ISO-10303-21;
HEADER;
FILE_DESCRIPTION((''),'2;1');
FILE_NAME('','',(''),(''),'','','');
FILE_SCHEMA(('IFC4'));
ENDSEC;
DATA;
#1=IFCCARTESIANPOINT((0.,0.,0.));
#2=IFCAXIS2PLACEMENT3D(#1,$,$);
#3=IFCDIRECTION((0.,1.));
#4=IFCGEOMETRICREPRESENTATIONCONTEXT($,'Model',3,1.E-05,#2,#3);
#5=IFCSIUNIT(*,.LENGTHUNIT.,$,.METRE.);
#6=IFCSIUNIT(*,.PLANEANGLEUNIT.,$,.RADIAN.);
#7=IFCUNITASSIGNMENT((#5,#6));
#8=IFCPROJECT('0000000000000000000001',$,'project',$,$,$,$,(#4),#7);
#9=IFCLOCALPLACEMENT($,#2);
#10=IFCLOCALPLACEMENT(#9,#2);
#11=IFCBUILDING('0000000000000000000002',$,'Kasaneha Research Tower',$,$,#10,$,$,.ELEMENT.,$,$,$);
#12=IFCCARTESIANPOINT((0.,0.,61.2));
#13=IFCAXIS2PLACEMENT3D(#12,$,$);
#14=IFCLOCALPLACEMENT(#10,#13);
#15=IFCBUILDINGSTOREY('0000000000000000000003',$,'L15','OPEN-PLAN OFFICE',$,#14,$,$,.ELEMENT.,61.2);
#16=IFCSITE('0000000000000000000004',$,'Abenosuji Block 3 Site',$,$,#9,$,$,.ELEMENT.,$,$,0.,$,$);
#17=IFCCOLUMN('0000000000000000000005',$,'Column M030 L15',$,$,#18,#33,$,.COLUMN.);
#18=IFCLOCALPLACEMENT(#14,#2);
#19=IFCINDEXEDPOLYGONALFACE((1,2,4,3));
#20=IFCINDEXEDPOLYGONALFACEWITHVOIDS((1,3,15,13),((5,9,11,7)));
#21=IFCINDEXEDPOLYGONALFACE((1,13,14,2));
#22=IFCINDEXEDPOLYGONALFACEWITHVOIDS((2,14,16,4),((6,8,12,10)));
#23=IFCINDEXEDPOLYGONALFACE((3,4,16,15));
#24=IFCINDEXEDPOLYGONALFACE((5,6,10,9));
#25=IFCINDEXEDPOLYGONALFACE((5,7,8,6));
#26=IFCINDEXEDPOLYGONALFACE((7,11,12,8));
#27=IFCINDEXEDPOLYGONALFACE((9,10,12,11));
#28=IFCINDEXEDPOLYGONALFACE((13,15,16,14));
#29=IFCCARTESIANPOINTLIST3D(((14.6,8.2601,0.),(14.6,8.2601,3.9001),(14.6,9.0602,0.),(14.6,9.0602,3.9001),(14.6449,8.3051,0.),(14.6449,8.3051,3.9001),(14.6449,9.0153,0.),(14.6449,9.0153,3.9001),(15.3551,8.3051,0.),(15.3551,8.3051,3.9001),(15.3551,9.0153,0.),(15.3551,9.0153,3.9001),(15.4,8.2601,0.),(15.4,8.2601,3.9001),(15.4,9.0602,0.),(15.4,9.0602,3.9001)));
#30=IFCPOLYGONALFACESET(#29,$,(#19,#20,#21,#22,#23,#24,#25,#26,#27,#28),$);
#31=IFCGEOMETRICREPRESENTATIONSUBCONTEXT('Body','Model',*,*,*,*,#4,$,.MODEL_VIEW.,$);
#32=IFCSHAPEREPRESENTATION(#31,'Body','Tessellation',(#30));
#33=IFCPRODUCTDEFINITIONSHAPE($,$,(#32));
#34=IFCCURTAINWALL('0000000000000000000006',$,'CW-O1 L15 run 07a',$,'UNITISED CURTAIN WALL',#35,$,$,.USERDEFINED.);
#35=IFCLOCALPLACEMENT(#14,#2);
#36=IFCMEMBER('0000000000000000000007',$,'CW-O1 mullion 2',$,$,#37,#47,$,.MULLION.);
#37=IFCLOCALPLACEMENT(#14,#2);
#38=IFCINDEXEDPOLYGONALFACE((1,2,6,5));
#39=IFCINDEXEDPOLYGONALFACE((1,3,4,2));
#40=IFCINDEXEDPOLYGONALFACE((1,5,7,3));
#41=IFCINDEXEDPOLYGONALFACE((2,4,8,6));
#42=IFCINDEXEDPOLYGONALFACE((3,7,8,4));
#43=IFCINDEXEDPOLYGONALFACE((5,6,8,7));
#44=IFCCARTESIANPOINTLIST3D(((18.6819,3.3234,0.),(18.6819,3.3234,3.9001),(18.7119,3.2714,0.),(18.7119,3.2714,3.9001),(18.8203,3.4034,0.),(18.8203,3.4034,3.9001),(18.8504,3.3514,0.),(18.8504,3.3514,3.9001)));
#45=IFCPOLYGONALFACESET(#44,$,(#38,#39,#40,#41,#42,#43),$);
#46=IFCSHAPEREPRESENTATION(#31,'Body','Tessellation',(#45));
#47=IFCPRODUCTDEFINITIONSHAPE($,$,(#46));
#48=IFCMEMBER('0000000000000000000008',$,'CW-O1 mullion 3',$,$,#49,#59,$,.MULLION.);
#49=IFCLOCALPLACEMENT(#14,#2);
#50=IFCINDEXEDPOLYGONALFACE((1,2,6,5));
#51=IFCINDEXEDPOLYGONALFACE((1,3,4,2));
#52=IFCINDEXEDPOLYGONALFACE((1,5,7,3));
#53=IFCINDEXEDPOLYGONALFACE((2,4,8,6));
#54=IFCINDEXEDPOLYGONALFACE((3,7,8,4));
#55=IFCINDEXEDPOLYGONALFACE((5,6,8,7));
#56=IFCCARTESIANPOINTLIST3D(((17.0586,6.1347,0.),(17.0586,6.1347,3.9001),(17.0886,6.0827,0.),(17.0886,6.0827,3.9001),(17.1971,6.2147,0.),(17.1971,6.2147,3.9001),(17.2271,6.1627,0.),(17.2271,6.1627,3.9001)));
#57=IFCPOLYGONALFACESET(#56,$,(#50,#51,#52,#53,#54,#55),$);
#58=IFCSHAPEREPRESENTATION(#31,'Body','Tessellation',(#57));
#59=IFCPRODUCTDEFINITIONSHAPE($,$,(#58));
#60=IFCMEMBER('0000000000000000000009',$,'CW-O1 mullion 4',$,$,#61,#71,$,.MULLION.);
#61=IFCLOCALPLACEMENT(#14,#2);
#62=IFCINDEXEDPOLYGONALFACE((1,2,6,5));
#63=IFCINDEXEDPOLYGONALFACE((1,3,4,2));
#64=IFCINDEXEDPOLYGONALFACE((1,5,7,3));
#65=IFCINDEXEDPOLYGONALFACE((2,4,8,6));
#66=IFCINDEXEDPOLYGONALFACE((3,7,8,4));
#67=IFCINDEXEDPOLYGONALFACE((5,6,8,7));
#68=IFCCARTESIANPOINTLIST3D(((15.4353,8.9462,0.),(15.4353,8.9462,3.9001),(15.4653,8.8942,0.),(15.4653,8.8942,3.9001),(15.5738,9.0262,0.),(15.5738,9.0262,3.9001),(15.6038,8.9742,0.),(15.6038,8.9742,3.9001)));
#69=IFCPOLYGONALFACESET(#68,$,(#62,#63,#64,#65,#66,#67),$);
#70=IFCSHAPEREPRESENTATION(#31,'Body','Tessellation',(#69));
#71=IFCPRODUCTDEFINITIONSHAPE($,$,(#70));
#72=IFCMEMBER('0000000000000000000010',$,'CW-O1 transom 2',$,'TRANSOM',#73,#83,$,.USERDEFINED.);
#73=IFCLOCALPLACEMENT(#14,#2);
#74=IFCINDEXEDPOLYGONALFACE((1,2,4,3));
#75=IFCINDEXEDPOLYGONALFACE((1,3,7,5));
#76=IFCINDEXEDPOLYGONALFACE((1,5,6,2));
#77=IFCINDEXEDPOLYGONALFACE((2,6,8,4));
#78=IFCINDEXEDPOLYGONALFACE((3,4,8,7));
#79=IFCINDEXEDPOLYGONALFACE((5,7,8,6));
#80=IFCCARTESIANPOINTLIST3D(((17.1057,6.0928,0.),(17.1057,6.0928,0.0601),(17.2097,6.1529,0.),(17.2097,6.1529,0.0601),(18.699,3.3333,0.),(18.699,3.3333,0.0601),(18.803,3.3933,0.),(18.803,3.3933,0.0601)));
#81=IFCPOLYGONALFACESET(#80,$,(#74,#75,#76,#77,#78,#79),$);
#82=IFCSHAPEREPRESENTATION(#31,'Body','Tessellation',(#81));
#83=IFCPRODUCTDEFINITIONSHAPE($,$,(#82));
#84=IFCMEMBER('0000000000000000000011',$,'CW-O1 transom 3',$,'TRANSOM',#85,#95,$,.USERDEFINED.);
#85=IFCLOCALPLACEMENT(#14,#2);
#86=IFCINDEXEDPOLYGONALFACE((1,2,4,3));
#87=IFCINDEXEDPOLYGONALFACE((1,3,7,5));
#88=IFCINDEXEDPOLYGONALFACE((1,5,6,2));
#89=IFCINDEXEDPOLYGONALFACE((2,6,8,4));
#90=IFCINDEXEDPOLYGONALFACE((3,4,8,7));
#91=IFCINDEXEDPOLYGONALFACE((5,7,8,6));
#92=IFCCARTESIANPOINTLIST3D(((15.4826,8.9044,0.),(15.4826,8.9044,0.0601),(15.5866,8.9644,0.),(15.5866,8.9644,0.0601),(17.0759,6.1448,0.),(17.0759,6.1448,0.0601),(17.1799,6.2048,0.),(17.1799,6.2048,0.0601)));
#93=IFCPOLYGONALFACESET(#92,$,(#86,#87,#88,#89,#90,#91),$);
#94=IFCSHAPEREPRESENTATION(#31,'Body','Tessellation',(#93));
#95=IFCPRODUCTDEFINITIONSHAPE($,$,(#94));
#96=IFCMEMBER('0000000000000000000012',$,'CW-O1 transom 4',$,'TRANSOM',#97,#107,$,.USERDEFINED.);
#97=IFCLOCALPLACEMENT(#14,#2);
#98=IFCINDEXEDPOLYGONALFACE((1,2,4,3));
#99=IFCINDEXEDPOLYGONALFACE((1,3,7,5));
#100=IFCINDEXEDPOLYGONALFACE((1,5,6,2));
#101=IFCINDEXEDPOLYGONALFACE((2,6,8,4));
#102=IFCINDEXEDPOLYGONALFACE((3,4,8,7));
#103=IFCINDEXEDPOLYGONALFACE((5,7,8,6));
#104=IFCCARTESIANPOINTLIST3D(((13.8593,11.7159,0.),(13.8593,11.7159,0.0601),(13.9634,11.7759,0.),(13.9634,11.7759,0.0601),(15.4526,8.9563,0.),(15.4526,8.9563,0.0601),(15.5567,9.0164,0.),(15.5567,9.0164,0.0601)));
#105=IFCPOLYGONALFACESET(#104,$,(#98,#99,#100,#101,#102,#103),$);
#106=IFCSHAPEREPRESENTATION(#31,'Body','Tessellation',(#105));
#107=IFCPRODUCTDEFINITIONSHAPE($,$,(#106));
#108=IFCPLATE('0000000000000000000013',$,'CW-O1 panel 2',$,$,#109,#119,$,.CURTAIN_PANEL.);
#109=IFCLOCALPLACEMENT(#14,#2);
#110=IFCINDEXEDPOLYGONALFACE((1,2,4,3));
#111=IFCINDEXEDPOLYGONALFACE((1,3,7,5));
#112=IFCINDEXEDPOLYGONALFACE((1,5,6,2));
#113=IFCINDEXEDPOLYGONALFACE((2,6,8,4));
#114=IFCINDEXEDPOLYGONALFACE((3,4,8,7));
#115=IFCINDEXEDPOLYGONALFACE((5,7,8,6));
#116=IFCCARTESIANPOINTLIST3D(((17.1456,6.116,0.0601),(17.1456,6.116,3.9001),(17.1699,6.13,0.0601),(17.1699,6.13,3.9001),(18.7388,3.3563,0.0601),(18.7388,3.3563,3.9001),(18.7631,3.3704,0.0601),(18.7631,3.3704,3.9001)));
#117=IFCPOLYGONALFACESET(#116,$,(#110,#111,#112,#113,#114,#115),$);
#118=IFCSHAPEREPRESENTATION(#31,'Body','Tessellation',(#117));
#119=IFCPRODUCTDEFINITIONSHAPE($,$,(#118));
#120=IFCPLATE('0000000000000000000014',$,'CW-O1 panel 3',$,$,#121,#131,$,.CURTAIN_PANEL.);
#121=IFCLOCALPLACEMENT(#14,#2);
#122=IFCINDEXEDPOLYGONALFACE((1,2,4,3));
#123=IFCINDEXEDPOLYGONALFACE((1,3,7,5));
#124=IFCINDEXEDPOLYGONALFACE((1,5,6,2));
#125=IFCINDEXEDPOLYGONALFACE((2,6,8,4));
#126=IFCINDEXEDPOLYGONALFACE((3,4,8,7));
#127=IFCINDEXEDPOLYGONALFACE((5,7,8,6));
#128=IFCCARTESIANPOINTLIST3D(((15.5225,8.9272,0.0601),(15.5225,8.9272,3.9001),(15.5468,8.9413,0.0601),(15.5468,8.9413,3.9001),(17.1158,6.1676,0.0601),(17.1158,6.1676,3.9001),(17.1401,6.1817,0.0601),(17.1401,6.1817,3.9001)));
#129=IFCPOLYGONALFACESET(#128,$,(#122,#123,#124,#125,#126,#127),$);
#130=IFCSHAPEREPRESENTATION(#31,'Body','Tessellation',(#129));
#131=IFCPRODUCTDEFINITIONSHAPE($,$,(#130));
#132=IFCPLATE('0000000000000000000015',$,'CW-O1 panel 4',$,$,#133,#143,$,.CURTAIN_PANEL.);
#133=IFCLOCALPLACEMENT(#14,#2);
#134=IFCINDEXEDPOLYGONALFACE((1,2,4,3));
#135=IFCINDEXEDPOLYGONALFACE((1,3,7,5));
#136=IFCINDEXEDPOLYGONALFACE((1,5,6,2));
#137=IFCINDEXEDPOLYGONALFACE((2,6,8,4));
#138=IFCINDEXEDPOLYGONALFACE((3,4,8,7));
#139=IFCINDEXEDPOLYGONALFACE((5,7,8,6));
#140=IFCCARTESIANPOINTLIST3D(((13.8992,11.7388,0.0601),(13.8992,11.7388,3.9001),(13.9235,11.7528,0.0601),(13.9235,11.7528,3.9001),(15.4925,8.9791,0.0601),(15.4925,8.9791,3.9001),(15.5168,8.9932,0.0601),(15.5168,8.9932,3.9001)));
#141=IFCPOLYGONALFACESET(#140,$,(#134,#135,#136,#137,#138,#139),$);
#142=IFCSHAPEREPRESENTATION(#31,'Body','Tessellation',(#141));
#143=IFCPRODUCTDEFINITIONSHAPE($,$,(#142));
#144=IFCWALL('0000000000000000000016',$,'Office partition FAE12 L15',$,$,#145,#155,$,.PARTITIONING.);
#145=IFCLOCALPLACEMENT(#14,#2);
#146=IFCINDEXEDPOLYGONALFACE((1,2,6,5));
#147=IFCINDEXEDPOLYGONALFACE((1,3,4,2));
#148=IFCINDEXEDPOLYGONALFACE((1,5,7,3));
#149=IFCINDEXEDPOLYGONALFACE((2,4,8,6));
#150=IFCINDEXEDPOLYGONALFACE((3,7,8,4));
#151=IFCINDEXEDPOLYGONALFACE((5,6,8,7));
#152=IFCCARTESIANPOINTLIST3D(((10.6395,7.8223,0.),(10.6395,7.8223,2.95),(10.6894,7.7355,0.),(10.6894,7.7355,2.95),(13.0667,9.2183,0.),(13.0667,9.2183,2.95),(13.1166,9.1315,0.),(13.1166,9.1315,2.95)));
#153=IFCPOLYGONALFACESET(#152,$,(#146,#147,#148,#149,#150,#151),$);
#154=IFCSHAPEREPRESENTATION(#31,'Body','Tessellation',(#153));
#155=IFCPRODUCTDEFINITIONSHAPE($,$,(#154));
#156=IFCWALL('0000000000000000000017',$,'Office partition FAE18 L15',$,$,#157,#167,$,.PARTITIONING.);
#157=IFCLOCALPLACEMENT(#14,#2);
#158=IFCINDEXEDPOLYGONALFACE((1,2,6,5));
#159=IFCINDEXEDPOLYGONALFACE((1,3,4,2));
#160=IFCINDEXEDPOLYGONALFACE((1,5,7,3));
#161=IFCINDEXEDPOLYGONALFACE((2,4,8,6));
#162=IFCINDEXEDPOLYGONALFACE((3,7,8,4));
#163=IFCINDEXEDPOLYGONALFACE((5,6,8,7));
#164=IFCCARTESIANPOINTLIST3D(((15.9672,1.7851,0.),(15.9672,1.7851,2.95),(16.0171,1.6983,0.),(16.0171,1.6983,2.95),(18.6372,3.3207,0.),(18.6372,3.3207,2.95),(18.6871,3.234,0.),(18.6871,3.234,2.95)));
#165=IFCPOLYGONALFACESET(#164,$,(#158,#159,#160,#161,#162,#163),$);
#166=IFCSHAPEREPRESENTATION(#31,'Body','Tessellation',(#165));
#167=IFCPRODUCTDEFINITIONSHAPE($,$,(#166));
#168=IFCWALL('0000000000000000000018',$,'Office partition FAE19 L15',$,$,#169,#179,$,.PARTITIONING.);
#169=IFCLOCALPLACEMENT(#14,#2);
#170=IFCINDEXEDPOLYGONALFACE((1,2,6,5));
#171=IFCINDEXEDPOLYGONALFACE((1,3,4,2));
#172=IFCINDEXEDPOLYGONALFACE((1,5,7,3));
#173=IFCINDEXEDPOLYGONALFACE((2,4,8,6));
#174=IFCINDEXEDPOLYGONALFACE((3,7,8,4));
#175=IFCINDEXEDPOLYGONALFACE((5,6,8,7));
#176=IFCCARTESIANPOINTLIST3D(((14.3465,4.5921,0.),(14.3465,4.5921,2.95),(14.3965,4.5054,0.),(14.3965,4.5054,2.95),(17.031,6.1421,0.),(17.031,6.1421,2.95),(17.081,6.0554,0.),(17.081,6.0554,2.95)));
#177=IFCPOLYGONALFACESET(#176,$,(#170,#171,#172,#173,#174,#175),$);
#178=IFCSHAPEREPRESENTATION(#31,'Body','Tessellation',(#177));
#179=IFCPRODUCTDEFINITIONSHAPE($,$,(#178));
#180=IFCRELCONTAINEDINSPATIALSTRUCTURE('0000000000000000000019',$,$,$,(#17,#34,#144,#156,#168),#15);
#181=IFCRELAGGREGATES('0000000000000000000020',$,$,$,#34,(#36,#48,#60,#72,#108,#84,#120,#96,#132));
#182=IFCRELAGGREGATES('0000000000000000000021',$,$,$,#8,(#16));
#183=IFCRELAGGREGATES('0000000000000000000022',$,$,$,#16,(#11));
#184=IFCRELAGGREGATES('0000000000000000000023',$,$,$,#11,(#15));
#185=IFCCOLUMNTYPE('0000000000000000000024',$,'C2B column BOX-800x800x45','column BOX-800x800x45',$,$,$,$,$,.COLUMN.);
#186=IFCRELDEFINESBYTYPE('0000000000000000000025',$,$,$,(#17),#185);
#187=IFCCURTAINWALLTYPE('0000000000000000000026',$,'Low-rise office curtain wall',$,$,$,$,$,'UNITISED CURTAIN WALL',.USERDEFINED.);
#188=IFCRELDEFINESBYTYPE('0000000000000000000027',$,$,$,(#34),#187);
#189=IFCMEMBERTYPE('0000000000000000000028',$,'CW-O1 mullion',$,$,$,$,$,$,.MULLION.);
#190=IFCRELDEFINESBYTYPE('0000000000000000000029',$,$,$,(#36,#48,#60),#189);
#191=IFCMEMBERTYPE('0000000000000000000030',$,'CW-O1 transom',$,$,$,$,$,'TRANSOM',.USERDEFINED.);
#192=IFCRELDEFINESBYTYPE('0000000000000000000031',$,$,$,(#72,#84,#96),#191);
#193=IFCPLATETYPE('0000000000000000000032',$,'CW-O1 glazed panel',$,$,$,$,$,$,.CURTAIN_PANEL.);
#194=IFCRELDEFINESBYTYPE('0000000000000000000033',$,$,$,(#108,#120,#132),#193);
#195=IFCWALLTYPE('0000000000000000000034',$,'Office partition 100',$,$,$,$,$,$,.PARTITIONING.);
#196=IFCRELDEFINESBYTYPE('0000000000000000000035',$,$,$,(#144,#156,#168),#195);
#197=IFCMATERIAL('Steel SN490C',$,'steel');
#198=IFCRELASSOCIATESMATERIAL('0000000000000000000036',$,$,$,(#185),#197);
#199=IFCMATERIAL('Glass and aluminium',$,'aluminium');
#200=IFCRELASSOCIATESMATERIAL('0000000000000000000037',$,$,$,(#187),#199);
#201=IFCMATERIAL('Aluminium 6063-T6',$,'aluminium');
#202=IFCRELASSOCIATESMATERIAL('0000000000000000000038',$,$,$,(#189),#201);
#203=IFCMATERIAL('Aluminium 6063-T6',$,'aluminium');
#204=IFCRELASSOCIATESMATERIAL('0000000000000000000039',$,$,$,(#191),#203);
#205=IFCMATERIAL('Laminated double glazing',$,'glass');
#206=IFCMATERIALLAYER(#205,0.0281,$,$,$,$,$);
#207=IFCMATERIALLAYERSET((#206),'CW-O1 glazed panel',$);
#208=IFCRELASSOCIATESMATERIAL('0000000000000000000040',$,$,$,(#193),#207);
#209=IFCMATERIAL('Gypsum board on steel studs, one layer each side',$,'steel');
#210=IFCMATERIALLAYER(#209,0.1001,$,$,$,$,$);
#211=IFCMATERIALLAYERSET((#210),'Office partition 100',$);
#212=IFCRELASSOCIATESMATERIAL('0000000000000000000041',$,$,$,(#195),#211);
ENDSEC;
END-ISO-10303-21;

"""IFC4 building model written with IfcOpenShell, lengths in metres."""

from ifc_helpers import new_model, si_unit, direction, frame, frame_2d, origin, origin_2d, place, context, subcontext, project, spatial, rectangle, hollow_rectangle, extrude, material, layer, layer_set, material_profile, profile_set, type_object, element, aggregate, save


model = new_model("IFC4")

# Units and contexts
model_context = context("Model", 3, precision=1e-05, world=origin(), true_north=direction((0.0, 1.0)))
body_context = subcontext(model_context, "Body", "Model", "MODEL_VIEW")
ifc_project = project(units=[si_unit("LENGTHUNIT", "METRE"), si_unit("PLANEANGLEUNIT", "RADIAN")], contexts=[model_context])

# Site, building, storey
site_placement = place(None, origin())
site = spatial("IfcSite", under=ifc_project, at=site_placement, Name="Abenosuji Block 3 Site", CompositionType="ELEMENT", RefElevation=0.0)
building_placement = place(site_placement, origin())
building = spatial("IfcBuilding", under=site, at=building_placement, Name="Kasaneha Research Tower", CompositionType="ELEMENT")
storey_placement = place(building_placement, frame((0.0, 0.0, 61.2)))
storey = spatial("IfcBuildingStorey", under=building, at=storey_placement, Name="L15", Description="OPEN-PLAN OFFICE", CompositionType="ELEMENT", Elevation=61.2)

# Column
ifc_material_1 = material(Name="Steel SN490C", Category="steel")
ifc_material_profile_1 = material_profile(ifc_material_1, hollow_rectangle(XDim=0.8, YDim=0.8, WallThickness=0.0449, at=origin_2d()), Name="BOX-800x800x45")
ifc_profile_set_1 = profile_set([ifc_material_profile_1], Name="Steel SN490C")
column_type = type_object("IfcColumnType", Name="C2B column BOX-800x800x45", Description="column BOX-800x800x45", PredefinedType="COLUMN", material=ifc_profile_set_1)
column_placement = place(storey_placement, frame((15.0, 8.6602, 0.0), z_axis=(0.0, 0.0, 1.0), x_axis=(1.0, 0.0, 0.0)))
element("IfcColumn", 1, at=column_placement, inside=storey, type_object=column_type, Name="Column M030 L15", PredefinedType="COLUMN", context=body_context, shape_type="SweptSolid", body=[
    extrude(hollow_rectangle(XDim=0.8, YDim=0.8, WallThickness=0.0449, at=origin_2d()), origin(), (0.0, 0.0, 1.0), 3.9001),
])

# Curtain wall, members, plates
ifc_material_2 = material(Name="Glass and aluminium", Category="aluminium")
curtain_wall_type = type_object("IfcCurtainWallType", Name="Low-rise office curtain wall", ElementType="UNITISED CURTAIN WALL", PredefinedType="USERDEFINED", material=ifc_material_2)
curtain_wall_placement = place(storey_placement, origin())
curtain_wall = element("IfcCurtainWall", 2, at=curtain_wall_placement, inside=storey, type_object=curtain_wall_type, Name="CW-O1 L15 run 07a", ObjectType="UNITISED CURTAIN WALL", PredefinedType="USERDEFINED")
ifc_material_3 = material(Name="Aluminium 6063-T6", Category="aluminium")
ifc_material_profile_2 = material_profile(ifc_material_3, rectangle(XDim=0.0601, YDim=0.1599, at=origin_2d()), Name="CW-O1 mullion 60x160")
ifc_profile_set_2 = profile_set([ifc_material_profile_2], Name="Aluminium 6063-T6")
member_type_1 = type_object("IfcMemberType", Name="CW-O1 mullion", PredefinedType="MULLION", material=ifc_profile_set_2)
member_1_placement = place(storey_placement, frame((18.7661, 3.3374, 0.0), z_axis=(0.0, 0.0, 1.0), x_axis=(-0.5, 0.866025, 0.0)))
member_1 = element("IfcMember", 3, at=member_1_placement, type_object=member_type_1, Name="CW-O1 mullion 2", PredefinedType="MULLION", context=body_context, shape_type="SweptSolid", body=[
    extrude(rectangle(XDim=0.0601, YDim=0.1599, at=origin_2d()), origin(), (0.0, 0.0, 1.0), 3.9001),
])
member_2_placement = place(storey_placement, frame((17.1428, 6.1487, 0.0), z_axis=(0.0, 0.0, 1.0), x_axis=(-0.5, 0.866025, 0.0)))
member_2 = element("IfcMember", 4, at=member_2_placement, type_object=member_type_1, Name="CW-O1 mullion 3", PredefinedType="MULLION", context=body_context, shape_type="SweptSolid", body=[
    extrude(rectangle(XDim=0.0601, YDim=0.1599, at=origin_2d()), origin(), (0.0, 0.0, 1.0), 3.9001),
])
member_3_placement = place(storey_placement, frame((15.5195, 8.9602, 0.0), z_axis=(0.0, 0.0, 1.0), x_axis=(-0.5, 0.866025, 0.0)))
member_3 = element("IfcMember", 5, at=member_3_placement, type_object=member_type_1, Name="CW-O1 mullion 4", PredefinedType="MULLION", context=body_context, shape_type="SweptSolid", body=[
    extrude(rectangle(XDim=0.0601, YDim=0.1599, at=origin_2d()), origin(), (0.0, 0.0, 1.0), 3.9001),
])
ifc_material_4 = material(Name="Aluminium 6063-T6", Category="aluminium")
ifc_material_profile_3 = material_profile(ifc_material_4, rectangle(XDim=0.1201, YDim=0.0601, at=origin_2d()), Name="CW-O1 transom 120x60")
ifc_profile_set_3 = profile_set([ifc_material_profile_3], Name="Aluminium 6063-T6")
member_type_2 = type_object("IfcMemberType", Name="CW-O1 transom", ElementType="TRANSOM", PredefinedType="USERDEFINED", material=ifc_profile_set_3)
member_4_placement = place(storey_placement, frame((18.751, 3.3633, 0.03), z_axis=(-0.500012, 0.866018, 0.0), x_axis=(-0.866018, -0.500012, 0.0)))
member_4 = element("IfcMember", 6, at=member_4_placement, type_object=member_type_2, Name="CW-O1 transom 2", ObjectType="TRANSOM", PredefinedType="USERDEFINED", context=body_context, shape_type="SweptSolid", body=[
    extrude(rectangle(XDim=0.1201, YDim=0.0601, at=origin_2d()), origin(), (0.0, 0.0, 1.0), 3.1865),
])
member_5_placement = place(storey_placement, frame((17.1279, 6.1748, 0.03), z_axis=(-0.500012, 0.866018, 0.0), x_axis=(-0.866018, -0.500012, 0.0)))
member_5 = element("IfcMember", 7, at=member_5_placement, type_object=member_type_2, Name="CW-O1 transom 3", ObjectType="TRANSOM", PredefinedType="USERDEFINED", context=body_context, shape_type="SweptSolid", body=[
    extrude(rectangle(XDim=0.1201, YDim=0.0601, at=origin_2d()), origin(), (0.0, 0.0, 1.0), 3.1865),
])
member_6_placement = place(storey_placement, frame((15.5046, 8.9863, 0.03), z_axis=(-0.500012, 0.866018, 0.0), x_axis=(-0.866018, -0.500012, 0.0)))
member_6 = element("IfcMember", 8, at=member_6_placement, type_object=member_type_2, Name="CW-O1 transom 4", ObjectType="TRANSOM", PredefinedType="USERDEFINED", context=body_context, shape_type="SweptSolid", body=[
    extrude(rectangle(XDim=0.1201, YDim=0.0601, at=origin_2d()), origin(), (0.0, 0.0, 1.0), 3.1865),
])
ifc_material_5 = material(Name="Laminated double glazing", Category="glass")
ifc_layer_1 = layer(ifc_material_5, 0.0281)
ifc_layer_set_1 = layer_set([ifc_layer_1], Name="CW-O1 glazed panel")
plate_type = type_object("IfcPlateType", Name="CW-O1 glazed panel", PredefinedType="CURTAIN_PANEL", material=ifc_layer_set_1)
plate_1_placement = place(storey_placement, frame((17.9543, 4.7432, 0.0601), z_axis=(0.0, 0.0, 1.0), x_axis=(-0.5, 0.866025, 0.0)))
plate_1 = element("IfcPlate", 9, at=plate_1_placement, type_object=plate_type, Name="CW-O1 panel 2", PredefinedType="CURTAIN_PANEL", context=body_context, shape_type="SweptSolid", body=[
    extrude(rectangle(XDim=3.1865, YDim=0.0281, at=origin_2d()), origin(), (0.0, 0.0, 1.0), 3.8401),
])
plate_2_placement = place(storey_placement, frame((16.3313, 7.5544, 0.0601), z_axis=(0.0, 0.0, 1.0), x_axis=(-0.5, 0.866025, 0.0)))
plate_2 = element("IfcPlate", 10, at=plate_2_placement, type_object=plate_type, Name="CW-O1 panel 3", PredefinedType="CURTAIN_PANEL", context=body_context, shape_type="SweptSolid", body=[
    extrude(rectangle(XDim=3.1865, YDim=0.0281, at=origin_2d()), origin(), (0.0, 0.0, 1.0), 3.8401),
])
plate_3_placement = place(storey_placement, frame((14.708, 10.366, 0.0601), z_axis=(0.0, 0.0, 1.0), x_axis=(-0.5, 0.866025, 0.0)))
plate_3 = element("IfcPlate", 11, at=plate_3_placement, type_object=plate_type, Name="CW-O1 panel 4", PredefinedType="CURTAIN_PANEL", context=body_context, shape_type="SweptSolid", body=[
    extrude(rectangle(XDim=3.1865, YDim=0.0281, at=origin_2d()), origin(), (0.0, 0.0, 1.0), 3.8401),
])
aggregate(curtain_wall, [member_1, member_2, member_3, member_4, plate_1, member_5, plate_2, member_6, plate_3])

# Walls
ifc_material_6 = material(Name="Gypsum board on steel studs, one layer each side", Category="steel")
ifc_layer_2 = layer(ifc_material_6, 0.1001)
ifc_layer_set_2 = layer_set([ifc_layer_2], Name="Office partition 100")
wall_type = type_object("IfcWallType", Name="Office partition 100", PredefinedType="PARTITIONING", material=ifc_layer_set_2)
wall_1_placement = place(storey_placement, frame((13.0916, 9.1748, 0.0), z_axis=(0.0, 0.0, 1.0), x_axis=(-0.866855, -0.49856, 0.0)))
element("IfcWall", 12, at=wall_1_placement, inside=storey, type_object=wall_type, Name="Office partition FAE12 L15", PredefinedType="PARTITIONING", context=body_context, shape_type="SweptSolid", body=[
    extrude(rectangle(XDim=2.8, YDim=0.1001, at=frame_2d((1.3999, 0.0))), origin(), (0.0, 0.0, 1.0), 2.95),
])
wall_2_placement = place(storey_placement, frame((18.6621, 3.2773, 0.0), z_axis=(0.0, 0.0, 1.0), x_axis=(-0.866845, -0.498578, 0.0)))
element("IfcWall", 13, at=wall_2_placement, inside=storey, type_object=wall_type, Name="Office partition FAE18 L15", PredefinedType="PARTITIONING", context=body_context, shape_type="SweptSolid", body=[
    extrude(rectangle(XDim=3.0801, YDim=0.1001, at=frame_2d((1.54, 0.0))), origin(), (0.0, 0.0, 1.0), 2.95),
])
wall_3_placement = place(storey_placement, frame((14.3716, 4.5488, 0.0), z_axis=(0.0, 0.0, 1.0), x_axis=(0.86601, 0.500027, 0.0)))
element("IfcWall", 14, at=wall_3_placement, inside=storey, type_object=wall_type, Name="Office partition FAE19 L15", PredefinedType="PARTITIONING", context=body_context, shape_type="SweptSolid", body=[
    extrude(rectangle(XDim=3.0999, YDim=0.1001, at=frame_2d((1.5498, 0.0))), origin(), (0.0, 0.0, 1.0), 2.95),
])

save(model, "model.ifc")
